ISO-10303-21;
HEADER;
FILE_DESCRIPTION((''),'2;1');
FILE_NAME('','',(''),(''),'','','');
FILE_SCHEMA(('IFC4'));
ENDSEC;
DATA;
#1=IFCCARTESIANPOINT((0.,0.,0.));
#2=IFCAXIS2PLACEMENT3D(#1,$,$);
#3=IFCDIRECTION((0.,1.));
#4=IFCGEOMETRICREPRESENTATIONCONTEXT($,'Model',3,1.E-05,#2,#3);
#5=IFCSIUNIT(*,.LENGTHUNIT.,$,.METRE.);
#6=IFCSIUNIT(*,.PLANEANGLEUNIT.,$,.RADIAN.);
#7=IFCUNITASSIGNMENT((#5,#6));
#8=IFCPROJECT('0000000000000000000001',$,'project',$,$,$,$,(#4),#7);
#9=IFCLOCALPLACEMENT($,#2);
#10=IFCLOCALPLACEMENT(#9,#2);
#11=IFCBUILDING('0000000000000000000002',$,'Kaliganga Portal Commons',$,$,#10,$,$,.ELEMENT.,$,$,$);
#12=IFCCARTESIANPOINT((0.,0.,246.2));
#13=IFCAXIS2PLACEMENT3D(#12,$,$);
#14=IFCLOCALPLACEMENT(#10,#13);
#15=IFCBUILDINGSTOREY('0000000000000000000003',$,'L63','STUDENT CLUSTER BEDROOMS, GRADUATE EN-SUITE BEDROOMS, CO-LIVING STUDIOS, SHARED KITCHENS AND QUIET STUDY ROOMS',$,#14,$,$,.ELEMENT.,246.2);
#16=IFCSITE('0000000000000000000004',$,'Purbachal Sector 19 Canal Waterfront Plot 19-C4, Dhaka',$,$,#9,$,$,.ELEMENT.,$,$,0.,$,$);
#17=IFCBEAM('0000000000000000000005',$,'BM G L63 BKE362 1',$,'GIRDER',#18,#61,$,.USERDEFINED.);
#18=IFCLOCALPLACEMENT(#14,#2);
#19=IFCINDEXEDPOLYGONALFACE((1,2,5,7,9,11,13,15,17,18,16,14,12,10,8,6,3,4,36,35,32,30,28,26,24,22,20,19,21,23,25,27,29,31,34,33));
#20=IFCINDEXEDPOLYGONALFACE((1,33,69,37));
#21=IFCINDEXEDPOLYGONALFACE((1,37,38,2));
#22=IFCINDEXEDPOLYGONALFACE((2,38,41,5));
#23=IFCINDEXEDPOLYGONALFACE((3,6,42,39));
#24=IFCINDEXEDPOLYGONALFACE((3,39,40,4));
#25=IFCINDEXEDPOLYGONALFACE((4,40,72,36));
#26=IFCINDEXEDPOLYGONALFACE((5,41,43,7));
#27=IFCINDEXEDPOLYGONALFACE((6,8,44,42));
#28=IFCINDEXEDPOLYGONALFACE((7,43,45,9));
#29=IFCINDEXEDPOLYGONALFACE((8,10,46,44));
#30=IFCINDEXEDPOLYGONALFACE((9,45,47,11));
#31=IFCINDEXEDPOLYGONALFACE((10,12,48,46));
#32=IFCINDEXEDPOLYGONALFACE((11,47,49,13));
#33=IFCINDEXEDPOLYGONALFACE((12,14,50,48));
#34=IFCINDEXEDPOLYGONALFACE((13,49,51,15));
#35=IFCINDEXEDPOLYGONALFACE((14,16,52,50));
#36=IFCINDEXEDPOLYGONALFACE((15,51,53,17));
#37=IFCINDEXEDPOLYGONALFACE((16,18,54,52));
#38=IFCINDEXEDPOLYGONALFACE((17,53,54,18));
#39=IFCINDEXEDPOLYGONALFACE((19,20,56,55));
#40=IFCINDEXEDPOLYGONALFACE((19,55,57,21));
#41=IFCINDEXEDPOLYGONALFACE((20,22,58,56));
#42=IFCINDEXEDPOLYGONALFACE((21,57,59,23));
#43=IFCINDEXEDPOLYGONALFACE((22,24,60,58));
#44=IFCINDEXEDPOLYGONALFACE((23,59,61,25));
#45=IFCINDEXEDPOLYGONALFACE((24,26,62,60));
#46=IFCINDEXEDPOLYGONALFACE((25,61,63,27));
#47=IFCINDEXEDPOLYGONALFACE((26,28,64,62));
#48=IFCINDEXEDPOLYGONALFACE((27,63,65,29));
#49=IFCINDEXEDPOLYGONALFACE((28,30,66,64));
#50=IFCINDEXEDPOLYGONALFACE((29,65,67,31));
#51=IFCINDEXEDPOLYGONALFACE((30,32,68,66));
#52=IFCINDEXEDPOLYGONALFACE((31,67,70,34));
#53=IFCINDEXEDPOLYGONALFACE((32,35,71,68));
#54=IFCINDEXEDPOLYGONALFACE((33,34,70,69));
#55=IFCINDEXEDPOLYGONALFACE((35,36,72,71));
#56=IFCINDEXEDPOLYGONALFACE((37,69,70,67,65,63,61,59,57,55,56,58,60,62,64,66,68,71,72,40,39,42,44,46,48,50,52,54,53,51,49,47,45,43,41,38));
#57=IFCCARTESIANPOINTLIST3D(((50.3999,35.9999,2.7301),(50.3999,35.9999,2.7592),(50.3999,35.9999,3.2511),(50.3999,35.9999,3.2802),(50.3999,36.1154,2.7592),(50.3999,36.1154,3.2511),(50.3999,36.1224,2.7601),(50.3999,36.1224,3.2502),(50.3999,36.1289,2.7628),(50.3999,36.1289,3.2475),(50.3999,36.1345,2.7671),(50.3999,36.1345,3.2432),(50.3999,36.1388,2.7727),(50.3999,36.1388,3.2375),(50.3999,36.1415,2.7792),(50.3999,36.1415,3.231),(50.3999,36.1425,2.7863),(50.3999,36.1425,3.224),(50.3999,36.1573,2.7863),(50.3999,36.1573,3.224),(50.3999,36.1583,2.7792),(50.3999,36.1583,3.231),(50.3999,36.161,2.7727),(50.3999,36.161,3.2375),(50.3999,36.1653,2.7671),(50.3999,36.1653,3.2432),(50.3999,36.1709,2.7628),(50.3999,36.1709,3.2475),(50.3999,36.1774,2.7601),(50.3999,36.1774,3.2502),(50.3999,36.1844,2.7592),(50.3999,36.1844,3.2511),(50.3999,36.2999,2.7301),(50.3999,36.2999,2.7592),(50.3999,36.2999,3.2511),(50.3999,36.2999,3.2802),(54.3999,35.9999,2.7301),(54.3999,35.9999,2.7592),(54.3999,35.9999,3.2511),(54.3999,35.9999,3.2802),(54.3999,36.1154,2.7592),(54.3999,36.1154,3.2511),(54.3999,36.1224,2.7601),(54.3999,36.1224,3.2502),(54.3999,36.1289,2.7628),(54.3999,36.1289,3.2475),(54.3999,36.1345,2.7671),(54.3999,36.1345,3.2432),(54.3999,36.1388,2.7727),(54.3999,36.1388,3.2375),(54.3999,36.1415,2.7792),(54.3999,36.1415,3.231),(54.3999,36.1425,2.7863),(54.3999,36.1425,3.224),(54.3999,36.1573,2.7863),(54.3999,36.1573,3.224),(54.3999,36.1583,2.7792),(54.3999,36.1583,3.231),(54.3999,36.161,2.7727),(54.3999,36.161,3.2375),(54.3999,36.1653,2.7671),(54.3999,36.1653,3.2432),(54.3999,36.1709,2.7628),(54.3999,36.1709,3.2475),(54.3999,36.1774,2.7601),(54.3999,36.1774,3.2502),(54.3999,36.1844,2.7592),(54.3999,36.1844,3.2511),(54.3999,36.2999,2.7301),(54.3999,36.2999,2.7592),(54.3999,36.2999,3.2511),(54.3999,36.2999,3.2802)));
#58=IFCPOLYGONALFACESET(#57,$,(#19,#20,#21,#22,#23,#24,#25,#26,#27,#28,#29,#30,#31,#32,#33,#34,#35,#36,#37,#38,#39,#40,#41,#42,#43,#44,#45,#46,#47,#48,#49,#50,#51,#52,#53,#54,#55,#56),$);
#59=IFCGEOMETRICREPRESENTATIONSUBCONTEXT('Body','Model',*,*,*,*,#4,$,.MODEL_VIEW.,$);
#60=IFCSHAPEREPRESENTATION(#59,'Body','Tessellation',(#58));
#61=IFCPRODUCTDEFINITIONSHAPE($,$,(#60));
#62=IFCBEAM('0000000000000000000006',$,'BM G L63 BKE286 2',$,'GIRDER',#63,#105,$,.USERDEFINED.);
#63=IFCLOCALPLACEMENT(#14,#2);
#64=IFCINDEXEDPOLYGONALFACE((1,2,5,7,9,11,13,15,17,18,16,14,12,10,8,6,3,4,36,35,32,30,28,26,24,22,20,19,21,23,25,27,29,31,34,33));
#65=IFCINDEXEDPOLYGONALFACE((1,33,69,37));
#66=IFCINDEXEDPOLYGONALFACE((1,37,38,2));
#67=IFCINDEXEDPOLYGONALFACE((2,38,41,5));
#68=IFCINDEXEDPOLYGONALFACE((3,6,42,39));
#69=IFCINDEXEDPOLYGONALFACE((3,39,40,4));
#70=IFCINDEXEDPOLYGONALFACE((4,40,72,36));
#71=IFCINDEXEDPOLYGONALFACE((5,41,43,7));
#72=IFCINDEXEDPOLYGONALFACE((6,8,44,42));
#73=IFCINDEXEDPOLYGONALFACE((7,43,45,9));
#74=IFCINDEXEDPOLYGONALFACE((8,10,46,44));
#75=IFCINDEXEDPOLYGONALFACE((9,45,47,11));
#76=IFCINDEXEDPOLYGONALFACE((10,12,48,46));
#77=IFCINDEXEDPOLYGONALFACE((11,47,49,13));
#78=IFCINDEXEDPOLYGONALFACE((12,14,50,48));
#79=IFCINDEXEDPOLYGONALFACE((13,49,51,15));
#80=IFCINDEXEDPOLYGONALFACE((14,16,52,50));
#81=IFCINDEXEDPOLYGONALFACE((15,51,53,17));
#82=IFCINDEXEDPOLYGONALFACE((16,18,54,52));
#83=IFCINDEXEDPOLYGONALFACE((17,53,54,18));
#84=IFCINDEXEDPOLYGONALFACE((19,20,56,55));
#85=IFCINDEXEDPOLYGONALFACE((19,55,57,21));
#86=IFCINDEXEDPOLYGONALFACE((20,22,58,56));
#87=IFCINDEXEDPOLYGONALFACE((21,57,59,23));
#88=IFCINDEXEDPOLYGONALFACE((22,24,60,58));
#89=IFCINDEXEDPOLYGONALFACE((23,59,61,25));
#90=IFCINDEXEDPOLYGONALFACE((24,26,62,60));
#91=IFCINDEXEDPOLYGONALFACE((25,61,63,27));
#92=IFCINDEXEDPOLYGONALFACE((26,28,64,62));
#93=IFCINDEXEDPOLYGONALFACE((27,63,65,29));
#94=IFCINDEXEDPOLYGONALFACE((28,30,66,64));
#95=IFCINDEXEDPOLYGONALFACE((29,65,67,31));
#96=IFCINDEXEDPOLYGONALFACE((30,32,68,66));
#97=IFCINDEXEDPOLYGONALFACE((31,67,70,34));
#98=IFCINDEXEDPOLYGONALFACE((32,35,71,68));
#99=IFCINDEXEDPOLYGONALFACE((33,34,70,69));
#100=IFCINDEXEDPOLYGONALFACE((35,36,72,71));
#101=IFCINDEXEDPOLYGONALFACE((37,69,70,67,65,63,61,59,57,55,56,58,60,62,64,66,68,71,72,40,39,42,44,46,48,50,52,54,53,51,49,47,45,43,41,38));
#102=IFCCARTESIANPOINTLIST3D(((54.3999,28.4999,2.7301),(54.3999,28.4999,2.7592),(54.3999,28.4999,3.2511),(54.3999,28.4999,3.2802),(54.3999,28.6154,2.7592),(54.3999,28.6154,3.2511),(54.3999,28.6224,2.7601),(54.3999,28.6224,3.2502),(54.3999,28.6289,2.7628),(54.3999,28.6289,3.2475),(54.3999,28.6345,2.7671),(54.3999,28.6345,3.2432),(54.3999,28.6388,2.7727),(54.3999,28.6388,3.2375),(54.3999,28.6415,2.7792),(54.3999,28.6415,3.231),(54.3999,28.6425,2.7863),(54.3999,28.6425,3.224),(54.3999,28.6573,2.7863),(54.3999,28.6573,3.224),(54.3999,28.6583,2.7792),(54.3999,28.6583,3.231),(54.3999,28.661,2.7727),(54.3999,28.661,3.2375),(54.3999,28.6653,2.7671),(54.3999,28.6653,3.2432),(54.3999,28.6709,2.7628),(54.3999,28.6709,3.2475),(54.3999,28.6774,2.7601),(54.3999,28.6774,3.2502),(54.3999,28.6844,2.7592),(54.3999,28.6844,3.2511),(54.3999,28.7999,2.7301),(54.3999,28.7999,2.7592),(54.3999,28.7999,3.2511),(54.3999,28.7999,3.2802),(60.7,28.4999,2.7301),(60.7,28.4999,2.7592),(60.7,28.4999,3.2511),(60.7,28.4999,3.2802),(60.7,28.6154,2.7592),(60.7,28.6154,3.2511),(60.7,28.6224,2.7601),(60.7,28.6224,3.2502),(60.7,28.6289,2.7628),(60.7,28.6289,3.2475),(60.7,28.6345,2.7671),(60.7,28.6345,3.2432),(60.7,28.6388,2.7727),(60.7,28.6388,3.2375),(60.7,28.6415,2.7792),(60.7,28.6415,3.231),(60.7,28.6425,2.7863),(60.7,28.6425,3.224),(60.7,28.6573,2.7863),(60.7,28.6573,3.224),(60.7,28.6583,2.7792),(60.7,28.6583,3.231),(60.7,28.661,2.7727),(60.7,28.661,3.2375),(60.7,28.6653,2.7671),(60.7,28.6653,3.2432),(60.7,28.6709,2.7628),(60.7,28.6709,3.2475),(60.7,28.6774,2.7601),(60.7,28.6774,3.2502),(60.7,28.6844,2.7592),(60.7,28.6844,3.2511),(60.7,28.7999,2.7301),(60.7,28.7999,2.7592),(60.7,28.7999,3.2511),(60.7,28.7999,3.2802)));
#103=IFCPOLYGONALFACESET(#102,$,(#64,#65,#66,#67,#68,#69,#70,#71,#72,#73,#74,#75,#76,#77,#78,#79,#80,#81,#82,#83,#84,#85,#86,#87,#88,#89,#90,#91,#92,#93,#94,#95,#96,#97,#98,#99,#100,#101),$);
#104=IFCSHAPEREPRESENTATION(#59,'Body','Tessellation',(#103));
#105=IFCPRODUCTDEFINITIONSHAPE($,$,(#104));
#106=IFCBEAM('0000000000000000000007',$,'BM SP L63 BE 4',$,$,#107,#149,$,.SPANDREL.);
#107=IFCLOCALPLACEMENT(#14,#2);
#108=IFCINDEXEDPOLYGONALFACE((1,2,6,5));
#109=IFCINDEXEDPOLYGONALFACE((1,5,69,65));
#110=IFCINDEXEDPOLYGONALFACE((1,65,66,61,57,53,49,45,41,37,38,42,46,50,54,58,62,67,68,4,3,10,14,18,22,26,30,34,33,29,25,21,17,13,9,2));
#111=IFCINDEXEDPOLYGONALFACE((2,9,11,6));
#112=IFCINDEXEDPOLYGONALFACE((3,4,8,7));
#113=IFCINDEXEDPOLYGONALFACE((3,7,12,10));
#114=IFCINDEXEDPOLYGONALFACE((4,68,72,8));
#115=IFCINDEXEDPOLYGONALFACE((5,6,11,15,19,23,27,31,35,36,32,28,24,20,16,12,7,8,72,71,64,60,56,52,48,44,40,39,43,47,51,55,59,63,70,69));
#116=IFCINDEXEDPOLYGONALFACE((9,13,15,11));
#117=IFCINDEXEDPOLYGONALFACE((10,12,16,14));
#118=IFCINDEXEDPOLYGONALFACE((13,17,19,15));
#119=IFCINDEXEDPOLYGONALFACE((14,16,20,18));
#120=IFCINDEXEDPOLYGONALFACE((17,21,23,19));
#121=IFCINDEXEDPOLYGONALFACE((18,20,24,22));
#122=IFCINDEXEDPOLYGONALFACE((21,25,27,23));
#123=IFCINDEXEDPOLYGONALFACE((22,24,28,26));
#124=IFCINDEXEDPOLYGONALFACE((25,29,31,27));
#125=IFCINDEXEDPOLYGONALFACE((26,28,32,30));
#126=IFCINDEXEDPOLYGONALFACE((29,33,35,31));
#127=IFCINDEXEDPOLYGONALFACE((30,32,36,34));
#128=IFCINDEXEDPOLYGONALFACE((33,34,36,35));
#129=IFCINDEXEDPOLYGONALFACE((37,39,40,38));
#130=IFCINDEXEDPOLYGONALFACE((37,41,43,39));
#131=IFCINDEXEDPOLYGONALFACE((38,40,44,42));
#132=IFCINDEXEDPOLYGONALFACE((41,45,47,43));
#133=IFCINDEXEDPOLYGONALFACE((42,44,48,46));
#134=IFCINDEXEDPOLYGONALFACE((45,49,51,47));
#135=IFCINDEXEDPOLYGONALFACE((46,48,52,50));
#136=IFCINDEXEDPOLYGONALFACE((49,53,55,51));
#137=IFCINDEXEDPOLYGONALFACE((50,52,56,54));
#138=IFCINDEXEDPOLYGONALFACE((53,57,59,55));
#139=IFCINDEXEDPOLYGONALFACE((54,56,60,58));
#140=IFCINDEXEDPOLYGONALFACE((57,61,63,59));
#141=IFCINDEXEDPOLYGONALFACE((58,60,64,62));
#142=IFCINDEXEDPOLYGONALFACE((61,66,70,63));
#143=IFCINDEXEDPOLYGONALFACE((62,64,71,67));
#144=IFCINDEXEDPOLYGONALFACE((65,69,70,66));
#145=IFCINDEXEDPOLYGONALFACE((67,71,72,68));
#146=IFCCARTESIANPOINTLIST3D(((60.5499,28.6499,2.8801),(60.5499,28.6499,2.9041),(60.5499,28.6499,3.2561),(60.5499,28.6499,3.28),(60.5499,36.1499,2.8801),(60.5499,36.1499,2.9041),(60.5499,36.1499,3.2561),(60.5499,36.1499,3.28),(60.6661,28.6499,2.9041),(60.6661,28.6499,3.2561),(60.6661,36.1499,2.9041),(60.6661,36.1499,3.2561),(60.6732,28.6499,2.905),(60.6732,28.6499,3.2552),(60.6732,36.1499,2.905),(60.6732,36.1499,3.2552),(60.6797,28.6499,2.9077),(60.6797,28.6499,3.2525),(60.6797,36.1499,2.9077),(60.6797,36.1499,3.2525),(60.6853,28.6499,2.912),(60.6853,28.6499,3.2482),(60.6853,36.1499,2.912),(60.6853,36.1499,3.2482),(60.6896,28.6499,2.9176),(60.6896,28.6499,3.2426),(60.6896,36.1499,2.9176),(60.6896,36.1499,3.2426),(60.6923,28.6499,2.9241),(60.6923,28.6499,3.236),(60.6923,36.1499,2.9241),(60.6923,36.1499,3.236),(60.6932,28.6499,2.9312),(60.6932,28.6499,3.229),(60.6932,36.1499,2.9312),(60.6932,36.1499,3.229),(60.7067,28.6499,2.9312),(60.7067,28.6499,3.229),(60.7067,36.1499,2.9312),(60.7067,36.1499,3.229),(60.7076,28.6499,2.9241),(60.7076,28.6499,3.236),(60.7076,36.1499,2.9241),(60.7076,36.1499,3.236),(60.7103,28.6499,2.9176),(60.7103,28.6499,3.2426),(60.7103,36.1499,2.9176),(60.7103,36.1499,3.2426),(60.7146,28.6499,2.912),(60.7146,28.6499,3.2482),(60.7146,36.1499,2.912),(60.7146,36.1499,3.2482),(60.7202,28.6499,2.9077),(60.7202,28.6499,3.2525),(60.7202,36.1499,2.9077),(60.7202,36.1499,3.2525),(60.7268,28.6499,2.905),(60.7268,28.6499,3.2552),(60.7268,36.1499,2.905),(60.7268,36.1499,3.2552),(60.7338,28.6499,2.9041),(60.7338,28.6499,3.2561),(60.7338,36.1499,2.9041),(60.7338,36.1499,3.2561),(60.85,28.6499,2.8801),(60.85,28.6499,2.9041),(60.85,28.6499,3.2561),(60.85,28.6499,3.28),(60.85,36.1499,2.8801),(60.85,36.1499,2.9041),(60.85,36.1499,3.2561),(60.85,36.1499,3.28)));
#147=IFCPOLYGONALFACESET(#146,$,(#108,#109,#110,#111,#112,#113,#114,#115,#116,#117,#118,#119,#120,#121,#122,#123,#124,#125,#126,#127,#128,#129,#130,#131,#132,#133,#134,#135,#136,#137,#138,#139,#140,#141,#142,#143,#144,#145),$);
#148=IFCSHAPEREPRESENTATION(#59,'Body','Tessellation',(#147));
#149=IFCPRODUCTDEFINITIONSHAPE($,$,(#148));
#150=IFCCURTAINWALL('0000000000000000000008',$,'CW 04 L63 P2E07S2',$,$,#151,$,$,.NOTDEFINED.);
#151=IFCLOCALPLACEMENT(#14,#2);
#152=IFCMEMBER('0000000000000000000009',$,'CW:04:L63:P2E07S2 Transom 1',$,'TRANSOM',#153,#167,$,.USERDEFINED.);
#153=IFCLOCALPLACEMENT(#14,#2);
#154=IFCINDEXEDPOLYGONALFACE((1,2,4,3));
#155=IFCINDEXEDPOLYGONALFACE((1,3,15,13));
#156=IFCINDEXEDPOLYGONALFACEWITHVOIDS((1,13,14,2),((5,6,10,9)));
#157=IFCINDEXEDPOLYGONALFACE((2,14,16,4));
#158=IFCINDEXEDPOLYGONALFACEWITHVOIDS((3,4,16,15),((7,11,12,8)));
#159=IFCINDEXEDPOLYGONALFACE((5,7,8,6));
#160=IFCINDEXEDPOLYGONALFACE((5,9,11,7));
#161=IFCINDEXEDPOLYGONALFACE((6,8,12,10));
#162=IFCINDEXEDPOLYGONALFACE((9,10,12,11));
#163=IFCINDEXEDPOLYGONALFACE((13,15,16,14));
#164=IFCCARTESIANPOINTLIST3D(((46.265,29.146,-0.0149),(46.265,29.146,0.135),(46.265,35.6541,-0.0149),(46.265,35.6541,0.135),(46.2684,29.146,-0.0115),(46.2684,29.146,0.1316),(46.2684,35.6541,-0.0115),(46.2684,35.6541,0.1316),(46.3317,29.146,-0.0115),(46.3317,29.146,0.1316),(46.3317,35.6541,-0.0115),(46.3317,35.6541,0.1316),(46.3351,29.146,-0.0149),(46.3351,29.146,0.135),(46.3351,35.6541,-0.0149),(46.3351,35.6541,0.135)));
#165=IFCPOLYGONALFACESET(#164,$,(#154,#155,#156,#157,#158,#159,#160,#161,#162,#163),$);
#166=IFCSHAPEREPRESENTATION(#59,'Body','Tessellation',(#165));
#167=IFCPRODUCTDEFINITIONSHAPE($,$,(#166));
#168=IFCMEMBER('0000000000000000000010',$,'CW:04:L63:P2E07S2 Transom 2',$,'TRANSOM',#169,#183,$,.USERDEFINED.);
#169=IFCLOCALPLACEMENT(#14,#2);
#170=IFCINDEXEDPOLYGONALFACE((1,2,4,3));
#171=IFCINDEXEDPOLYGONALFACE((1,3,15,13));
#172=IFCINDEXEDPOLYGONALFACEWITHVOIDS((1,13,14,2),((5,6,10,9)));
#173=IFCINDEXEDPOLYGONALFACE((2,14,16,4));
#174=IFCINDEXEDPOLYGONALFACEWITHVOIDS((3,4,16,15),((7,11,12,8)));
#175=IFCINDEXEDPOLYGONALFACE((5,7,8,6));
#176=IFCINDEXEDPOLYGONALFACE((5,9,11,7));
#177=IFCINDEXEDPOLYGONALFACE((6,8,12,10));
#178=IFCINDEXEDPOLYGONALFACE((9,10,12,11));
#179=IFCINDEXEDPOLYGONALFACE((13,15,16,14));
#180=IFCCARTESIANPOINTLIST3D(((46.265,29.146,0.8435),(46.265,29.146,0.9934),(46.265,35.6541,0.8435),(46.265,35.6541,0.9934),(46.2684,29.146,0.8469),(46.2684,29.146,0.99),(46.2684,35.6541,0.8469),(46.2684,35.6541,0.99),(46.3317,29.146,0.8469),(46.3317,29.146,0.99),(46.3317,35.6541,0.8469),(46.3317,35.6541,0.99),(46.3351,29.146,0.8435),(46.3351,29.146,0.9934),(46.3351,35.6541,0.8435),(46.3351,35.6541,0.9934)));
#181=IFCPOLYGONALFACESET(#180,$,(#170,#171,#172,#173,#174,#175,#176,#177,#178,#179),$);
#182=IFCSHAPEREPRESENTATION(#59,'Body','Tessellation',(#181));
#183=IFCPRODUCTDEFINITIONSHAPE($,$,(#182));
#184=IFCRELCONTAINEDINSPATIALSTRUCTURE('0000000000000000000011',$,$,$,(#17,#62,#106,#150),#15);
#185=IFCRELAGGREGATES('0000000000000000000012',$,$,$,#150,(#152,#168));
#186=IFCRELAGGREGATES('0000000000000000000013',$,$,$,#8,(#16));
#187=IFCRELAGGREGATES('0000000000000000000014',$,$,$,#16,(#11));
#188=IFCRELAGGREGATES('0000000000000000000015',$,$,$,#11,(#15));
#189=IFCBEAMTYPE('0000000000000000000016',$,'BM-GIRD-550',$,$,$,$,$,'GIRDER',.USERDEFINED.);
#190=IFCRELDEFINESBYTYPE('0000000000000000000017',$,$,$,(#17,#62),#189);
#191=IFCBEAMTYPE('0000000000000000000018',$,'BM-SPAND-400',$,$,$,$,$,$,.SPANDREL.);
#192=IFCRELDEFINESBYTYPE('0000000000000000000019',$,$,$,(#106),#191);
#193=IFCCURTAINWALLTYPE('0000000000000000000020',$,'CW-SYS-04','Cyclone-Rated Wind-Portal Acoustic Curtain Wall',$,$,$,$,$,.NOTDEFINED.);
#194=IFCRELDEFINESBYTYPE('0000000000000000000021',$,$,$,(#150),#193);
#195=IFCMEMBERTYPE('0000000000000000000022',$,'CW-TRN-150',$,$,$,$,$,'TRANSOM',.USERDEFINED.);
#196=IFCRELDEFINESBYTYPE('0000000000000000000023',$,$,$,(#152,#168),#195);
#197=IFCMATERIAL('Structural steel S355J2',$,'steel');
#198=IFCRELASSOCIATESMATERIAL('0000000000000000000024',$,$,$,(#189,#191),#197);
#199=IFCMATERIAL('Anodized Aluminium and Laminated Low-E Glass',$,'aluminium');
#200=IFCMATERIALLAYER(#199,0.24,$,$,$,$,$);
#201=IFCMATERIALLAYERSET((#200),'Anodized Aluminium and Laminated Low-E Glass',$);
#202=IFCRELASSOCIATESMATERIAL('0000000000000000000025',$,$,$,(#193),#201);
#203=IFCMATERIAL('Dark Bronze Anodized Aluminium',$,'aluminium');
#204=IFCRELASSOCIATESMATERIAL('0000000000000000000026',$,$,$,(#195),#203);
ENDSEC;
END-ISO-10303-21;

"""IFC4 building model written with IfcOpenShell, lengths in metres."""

from ifc_helpers import new_model, si_unit, direction, frame, origin, origin_2d, place, context, subcontext, project, spatial, hollow_rectangle, i_section, extrude, source, transform, mapped, material, layer, layer_set, material_profile, profile_set, type_object, element, aggregate, save


model = new_model("IFC4")

# Units and contexts
model_context = context("Model", 3, precision=1e-05, world=origin(), true_north=direction((0.0, 1.0)))
body_context = subcontext(model_context, "Body", "Model", "MODEL_VIEW")
ifc_project = project(units=[si_unit("LENGTHUNIT", "METRE"), si_unit("PLANEANGLEUNIT", "RADIAN")], contexts=[model_context])

# Site, building, storey
site_placement = place(None, origin())
site = spatial("IfcSite", under=ifc_project, at=site_placement, Name="Purbachal Sector 19 Canal Waterfront Plot 19-C4, Dhaka", CompositionType="ELEMENT", RefElevation=0.0)
building_placement = place(site_placement, origin())
building = spatial("IfcBuilding", under=site, at=building_placement, Name="Kaliganga Portal Commons", CompositionType="ELEMENT")
storey_placement = place(building_placement, frame((0.0, 0.0, 246.2)))
storey = spatial("IfcBuildingStorey", under=building, at=storey_placement, Name="L63", Description="STUDENT CLUSTER BEDROOMS, GRADUATE EN-SUITE BEDROOMS, CO-LIVING STUDIOS, SHARED KITCHENS AND QUIET STUDY ROOMS", CompositionType="ELEMENT", Elevation=246.2)

# Shared definitions
ifc_material_1 = material(Name="Structural steel S355J2", Category="steel")

# Beams
ifc_material_profile_1 = material_profile(ifc_material_1, i_section(OverallWidth=0.3, OverallDepth=0.55, WebThickness=0.0149, FlangeThickness=0.0291, FilletRadius=0.0271, at=origin_2d()), Name="HE 550 B")
ifc_profile_set_1 = profile_set([ifc_material_profile_1], Name="Structural steel S355J2 wide-flange")
beam_type_1 = type_object("IfcBeamType", Name="BM-GIRD-550", ElementType="GIRDER", PredefinedType="USERDEFINED", material=ifc_profile_set_1)
shared_shape_1 = source(origin(), body_context, "Body", "SweptSolid", [
    extrude(i_section(OverallWidth=0.3, OverallDepth=0.55, WebThickness=0.0149, FlangeThickness=0.0291, FilletRadius=0.0271, at=origin_2d()), origin(), (0.0, 0.0, 1.0), 4.0),
])
for number, where, z_axis, x_axis, name in (
    (1, (50.3999, 36.1499, 3.0051), (1.0, 0.0, 0.0), (0.0, 1.0, 0.0), "BM G L63 BKE362 1"),
):
    element("IfcBeam", number, at=place(storey_placement, frame(where, z_axis=z_axis, x_axis=x_axis)), inside=storey, type_object=beam_type_1, Name=name, ObjectType="GIRDER", PredefinedType="USERDEFINED", context=body_context, shape_type="MappedRepresentation", body=[
        mapped(shared_shape_1, transform((0.0, 0.0, 0.0), x_axis=(1.0, 0.0, 0.0), y_axis=(0.0, 1.0, 0.0), z_axis=(0.0, 0.0, 1.0), scale=1.0)),
    ])
shared_shape_2 = source(origin(), body_context, "Body", "SweptSolid", [
    extrude(i_section(OverallWidth=0.3, OverallDepth=0.55, WebThickness=0.0149, FlangeThickness=0.0291, FilletRadius=0.0271, at=origin_2d()), origin(), (0.0, 0.0, 1.0), 6.3),
])
beam_1_placement = place(storey_placement, frame((54.3999, 28.6499, 3.0051), z_axis=(1.0, 0.0, 0.0), x_axis=(0.0, 1.0, 0.0)))
element("IfcBeam", 2, at=beam_1_placement, inside=storey, type_object=beam_type_1, Name="BM G L63 BKE286 2", ObjectType="GIRDER", PredefinedType="USERDEFINED", context=body_context, shape_type="MappedRepresentation", body=[
    mapped(shared_shape_2, transform((0.0, 0.0, 0.0), x_axis=(1.0, 0.0, 0.0), y_axis=(0.0, 1.0, 0.0), z_axis=(0.0, 0.0, 1.0), scale=1.0)),
])
ifc_material_profile_2 = material_profile(ifc_material_1, i_section(OverallWidth=0.3, OverallDepth=0.3999, WebThickness=0.0134, FlangeThickness=0.0239, FilletRadius=0.0271, at=origin_2d()), Name="HE 400 B")
ifc_profile_set_2 = profile_set([ifc_material_profile_2], Name="Structural steel S355J2 wide-flange")
beam_type_2 = type_object("IfcBeamType", Name="BM-SPAND-400", PredefinedType="SPANDREL", material=ifc_profile_set_2)
shared_shape_3 = source(origin(), body_context, "Body", "SweptSolid", [
    extrude(i_section(OverallWidth=0.3, OverallDepth=0.3999, WebThickness=0.0134, FlangeThickness=0.0239, FilletRadius=0.0271, at=origin_2d()), origin(), (0.0, 0.0, 1.0), 7.5),
])
beam_2_placement = place(storey_placement, frame((60.7, 28.6499, 3.0801), z_axis=(0.0, 1.0, 0.0), x_axis=(-1.0, 0.0, 0.0)))
element("IfcBeam", 3, at=beam_2_placement, inside=storey, type_object=beam_type_2, Name="BM SP L63 BE 4", PredefinedType="SPANDREL", context=body_context, shape_type="MappedRepresentation", body=[
    mapped(shared_shape_3, transform((0.0, 0.0, 0.0), x_axis=(1.0, 0.0, 0.0), y_axis=(0.0, 1.0, 0.0), z_axis=(0.0, 0.0, 1.0), scale=1.0)),
])

# Curtain wall, members
ifc_material_2 = material(Name="Anodized Aluminium and Laminated Low-E Glass", Category="aluminium")
ifc_layer_1 = layer(ifc_material_2, 0.24)
ifc_layer_set_1 = layer_set([ifc_layer_1], Name="Anodized Aluminium and Laminated Low-E Glass")
curtain_wall_type = type_object("IfcCurtainWallType", Name="CW-SYS-04", Description="Cyclone-Rated Wind-Portal Acoustic Curtain Wall", PredefinedType="NOTDEFINED", material=ifc_layer_set_1)
curtain_wall_placement = place(storey_placement, origin())
curtain_wall = element("IfcCurtainWall", 4, at=curtain_wall_placement, inside=storey, type_object=curtain_wall_type, Name="CW 04 L63 P2E07S2", PredefinedType="NOTDEFINED")
ifc_material_3 = material(Name="Dark Bronze Anodized Aluminium", Category="aluminium")
ifc_material_profile_3 = material_profile(ifc_material_3, hollow_rectangle(XDim=0.0701, YDim=0.1499, WallThickness=0.0034, at=origin_2d()), Name="ALU TRAN 70x150x3.5")
ifc_profile_set_3 = profile_set([ifc_material_profile_3], Name="Dark Bronze Anodized Aluminium")
member_type_1 = type_object("IfcMemberType", Name="CW-TRN-150", ElementType="TRANSOM", PredefinedType="USERDEFINED", material=ifc_profile_set_3)
shared_shape_4 = source(origin(), body_context, "Body", "SweptSolid", [
    extrude(hollow_rectangle(XDim=0.0701, YDim=0.1499, WallThickness=0.0034, at=origin_2d()), origin(), (0.0, 0.0, 1.0), 6.5081),
])
member_1_placement = place(storey_placement, frame((46.3, 35.6541, 0.0601), z_axis=(0.0, -1.0, 0.0), x_axis=(1.0, 0.0, 0.0)))
member_1 = element("IfcMember", 5, at=member_1_placement, type_object=member_type_1, Name="CW:04:L63:P2E07S2 Transom 1", ObjectType="TRANSOM", PredefinedType="USERDEFINED", context=body_context, shape_type="MappedRepresentation", body=[
    mapped(shared_shape_4, transform((0.0, 0.0, 0.0), x_axis=(1.0, 0.0, 0.0), y_axis=(0.0, 1.0, 0.0), z_axis=(0.0, 0.0, 1.0), scale=1.0)),
])
member_2_placement = place(storey_placement, frame((46.3, 35.6541, 0.9185), z_axis=(0.0, -1.0, 0.0), x_axis=(1.0, 0.0, 0.0)))
member_2 = element("IfcMember", 6, at=member_2_placement, type_object=member_type_1, Name="CW:04:L63:P2E07S2 Transom 2", ObjectType="TRANSOM", PredefinedType="USERDEFINED", context=body_context, shape_type="MappedRepresentation", body=[
    mapped(shared_shape_4, transform((0.0, 0.0, 0.0), x_axis=(1.0, 0.0, 0.0), y_axis=(0.0, 1.0, 0.0), z_axis=(0.0, 0.0, 1.0), scale=1.0)),
])
aggregate(curtain_wall, [member_1, member_2])

save(model, "model.ifc")
